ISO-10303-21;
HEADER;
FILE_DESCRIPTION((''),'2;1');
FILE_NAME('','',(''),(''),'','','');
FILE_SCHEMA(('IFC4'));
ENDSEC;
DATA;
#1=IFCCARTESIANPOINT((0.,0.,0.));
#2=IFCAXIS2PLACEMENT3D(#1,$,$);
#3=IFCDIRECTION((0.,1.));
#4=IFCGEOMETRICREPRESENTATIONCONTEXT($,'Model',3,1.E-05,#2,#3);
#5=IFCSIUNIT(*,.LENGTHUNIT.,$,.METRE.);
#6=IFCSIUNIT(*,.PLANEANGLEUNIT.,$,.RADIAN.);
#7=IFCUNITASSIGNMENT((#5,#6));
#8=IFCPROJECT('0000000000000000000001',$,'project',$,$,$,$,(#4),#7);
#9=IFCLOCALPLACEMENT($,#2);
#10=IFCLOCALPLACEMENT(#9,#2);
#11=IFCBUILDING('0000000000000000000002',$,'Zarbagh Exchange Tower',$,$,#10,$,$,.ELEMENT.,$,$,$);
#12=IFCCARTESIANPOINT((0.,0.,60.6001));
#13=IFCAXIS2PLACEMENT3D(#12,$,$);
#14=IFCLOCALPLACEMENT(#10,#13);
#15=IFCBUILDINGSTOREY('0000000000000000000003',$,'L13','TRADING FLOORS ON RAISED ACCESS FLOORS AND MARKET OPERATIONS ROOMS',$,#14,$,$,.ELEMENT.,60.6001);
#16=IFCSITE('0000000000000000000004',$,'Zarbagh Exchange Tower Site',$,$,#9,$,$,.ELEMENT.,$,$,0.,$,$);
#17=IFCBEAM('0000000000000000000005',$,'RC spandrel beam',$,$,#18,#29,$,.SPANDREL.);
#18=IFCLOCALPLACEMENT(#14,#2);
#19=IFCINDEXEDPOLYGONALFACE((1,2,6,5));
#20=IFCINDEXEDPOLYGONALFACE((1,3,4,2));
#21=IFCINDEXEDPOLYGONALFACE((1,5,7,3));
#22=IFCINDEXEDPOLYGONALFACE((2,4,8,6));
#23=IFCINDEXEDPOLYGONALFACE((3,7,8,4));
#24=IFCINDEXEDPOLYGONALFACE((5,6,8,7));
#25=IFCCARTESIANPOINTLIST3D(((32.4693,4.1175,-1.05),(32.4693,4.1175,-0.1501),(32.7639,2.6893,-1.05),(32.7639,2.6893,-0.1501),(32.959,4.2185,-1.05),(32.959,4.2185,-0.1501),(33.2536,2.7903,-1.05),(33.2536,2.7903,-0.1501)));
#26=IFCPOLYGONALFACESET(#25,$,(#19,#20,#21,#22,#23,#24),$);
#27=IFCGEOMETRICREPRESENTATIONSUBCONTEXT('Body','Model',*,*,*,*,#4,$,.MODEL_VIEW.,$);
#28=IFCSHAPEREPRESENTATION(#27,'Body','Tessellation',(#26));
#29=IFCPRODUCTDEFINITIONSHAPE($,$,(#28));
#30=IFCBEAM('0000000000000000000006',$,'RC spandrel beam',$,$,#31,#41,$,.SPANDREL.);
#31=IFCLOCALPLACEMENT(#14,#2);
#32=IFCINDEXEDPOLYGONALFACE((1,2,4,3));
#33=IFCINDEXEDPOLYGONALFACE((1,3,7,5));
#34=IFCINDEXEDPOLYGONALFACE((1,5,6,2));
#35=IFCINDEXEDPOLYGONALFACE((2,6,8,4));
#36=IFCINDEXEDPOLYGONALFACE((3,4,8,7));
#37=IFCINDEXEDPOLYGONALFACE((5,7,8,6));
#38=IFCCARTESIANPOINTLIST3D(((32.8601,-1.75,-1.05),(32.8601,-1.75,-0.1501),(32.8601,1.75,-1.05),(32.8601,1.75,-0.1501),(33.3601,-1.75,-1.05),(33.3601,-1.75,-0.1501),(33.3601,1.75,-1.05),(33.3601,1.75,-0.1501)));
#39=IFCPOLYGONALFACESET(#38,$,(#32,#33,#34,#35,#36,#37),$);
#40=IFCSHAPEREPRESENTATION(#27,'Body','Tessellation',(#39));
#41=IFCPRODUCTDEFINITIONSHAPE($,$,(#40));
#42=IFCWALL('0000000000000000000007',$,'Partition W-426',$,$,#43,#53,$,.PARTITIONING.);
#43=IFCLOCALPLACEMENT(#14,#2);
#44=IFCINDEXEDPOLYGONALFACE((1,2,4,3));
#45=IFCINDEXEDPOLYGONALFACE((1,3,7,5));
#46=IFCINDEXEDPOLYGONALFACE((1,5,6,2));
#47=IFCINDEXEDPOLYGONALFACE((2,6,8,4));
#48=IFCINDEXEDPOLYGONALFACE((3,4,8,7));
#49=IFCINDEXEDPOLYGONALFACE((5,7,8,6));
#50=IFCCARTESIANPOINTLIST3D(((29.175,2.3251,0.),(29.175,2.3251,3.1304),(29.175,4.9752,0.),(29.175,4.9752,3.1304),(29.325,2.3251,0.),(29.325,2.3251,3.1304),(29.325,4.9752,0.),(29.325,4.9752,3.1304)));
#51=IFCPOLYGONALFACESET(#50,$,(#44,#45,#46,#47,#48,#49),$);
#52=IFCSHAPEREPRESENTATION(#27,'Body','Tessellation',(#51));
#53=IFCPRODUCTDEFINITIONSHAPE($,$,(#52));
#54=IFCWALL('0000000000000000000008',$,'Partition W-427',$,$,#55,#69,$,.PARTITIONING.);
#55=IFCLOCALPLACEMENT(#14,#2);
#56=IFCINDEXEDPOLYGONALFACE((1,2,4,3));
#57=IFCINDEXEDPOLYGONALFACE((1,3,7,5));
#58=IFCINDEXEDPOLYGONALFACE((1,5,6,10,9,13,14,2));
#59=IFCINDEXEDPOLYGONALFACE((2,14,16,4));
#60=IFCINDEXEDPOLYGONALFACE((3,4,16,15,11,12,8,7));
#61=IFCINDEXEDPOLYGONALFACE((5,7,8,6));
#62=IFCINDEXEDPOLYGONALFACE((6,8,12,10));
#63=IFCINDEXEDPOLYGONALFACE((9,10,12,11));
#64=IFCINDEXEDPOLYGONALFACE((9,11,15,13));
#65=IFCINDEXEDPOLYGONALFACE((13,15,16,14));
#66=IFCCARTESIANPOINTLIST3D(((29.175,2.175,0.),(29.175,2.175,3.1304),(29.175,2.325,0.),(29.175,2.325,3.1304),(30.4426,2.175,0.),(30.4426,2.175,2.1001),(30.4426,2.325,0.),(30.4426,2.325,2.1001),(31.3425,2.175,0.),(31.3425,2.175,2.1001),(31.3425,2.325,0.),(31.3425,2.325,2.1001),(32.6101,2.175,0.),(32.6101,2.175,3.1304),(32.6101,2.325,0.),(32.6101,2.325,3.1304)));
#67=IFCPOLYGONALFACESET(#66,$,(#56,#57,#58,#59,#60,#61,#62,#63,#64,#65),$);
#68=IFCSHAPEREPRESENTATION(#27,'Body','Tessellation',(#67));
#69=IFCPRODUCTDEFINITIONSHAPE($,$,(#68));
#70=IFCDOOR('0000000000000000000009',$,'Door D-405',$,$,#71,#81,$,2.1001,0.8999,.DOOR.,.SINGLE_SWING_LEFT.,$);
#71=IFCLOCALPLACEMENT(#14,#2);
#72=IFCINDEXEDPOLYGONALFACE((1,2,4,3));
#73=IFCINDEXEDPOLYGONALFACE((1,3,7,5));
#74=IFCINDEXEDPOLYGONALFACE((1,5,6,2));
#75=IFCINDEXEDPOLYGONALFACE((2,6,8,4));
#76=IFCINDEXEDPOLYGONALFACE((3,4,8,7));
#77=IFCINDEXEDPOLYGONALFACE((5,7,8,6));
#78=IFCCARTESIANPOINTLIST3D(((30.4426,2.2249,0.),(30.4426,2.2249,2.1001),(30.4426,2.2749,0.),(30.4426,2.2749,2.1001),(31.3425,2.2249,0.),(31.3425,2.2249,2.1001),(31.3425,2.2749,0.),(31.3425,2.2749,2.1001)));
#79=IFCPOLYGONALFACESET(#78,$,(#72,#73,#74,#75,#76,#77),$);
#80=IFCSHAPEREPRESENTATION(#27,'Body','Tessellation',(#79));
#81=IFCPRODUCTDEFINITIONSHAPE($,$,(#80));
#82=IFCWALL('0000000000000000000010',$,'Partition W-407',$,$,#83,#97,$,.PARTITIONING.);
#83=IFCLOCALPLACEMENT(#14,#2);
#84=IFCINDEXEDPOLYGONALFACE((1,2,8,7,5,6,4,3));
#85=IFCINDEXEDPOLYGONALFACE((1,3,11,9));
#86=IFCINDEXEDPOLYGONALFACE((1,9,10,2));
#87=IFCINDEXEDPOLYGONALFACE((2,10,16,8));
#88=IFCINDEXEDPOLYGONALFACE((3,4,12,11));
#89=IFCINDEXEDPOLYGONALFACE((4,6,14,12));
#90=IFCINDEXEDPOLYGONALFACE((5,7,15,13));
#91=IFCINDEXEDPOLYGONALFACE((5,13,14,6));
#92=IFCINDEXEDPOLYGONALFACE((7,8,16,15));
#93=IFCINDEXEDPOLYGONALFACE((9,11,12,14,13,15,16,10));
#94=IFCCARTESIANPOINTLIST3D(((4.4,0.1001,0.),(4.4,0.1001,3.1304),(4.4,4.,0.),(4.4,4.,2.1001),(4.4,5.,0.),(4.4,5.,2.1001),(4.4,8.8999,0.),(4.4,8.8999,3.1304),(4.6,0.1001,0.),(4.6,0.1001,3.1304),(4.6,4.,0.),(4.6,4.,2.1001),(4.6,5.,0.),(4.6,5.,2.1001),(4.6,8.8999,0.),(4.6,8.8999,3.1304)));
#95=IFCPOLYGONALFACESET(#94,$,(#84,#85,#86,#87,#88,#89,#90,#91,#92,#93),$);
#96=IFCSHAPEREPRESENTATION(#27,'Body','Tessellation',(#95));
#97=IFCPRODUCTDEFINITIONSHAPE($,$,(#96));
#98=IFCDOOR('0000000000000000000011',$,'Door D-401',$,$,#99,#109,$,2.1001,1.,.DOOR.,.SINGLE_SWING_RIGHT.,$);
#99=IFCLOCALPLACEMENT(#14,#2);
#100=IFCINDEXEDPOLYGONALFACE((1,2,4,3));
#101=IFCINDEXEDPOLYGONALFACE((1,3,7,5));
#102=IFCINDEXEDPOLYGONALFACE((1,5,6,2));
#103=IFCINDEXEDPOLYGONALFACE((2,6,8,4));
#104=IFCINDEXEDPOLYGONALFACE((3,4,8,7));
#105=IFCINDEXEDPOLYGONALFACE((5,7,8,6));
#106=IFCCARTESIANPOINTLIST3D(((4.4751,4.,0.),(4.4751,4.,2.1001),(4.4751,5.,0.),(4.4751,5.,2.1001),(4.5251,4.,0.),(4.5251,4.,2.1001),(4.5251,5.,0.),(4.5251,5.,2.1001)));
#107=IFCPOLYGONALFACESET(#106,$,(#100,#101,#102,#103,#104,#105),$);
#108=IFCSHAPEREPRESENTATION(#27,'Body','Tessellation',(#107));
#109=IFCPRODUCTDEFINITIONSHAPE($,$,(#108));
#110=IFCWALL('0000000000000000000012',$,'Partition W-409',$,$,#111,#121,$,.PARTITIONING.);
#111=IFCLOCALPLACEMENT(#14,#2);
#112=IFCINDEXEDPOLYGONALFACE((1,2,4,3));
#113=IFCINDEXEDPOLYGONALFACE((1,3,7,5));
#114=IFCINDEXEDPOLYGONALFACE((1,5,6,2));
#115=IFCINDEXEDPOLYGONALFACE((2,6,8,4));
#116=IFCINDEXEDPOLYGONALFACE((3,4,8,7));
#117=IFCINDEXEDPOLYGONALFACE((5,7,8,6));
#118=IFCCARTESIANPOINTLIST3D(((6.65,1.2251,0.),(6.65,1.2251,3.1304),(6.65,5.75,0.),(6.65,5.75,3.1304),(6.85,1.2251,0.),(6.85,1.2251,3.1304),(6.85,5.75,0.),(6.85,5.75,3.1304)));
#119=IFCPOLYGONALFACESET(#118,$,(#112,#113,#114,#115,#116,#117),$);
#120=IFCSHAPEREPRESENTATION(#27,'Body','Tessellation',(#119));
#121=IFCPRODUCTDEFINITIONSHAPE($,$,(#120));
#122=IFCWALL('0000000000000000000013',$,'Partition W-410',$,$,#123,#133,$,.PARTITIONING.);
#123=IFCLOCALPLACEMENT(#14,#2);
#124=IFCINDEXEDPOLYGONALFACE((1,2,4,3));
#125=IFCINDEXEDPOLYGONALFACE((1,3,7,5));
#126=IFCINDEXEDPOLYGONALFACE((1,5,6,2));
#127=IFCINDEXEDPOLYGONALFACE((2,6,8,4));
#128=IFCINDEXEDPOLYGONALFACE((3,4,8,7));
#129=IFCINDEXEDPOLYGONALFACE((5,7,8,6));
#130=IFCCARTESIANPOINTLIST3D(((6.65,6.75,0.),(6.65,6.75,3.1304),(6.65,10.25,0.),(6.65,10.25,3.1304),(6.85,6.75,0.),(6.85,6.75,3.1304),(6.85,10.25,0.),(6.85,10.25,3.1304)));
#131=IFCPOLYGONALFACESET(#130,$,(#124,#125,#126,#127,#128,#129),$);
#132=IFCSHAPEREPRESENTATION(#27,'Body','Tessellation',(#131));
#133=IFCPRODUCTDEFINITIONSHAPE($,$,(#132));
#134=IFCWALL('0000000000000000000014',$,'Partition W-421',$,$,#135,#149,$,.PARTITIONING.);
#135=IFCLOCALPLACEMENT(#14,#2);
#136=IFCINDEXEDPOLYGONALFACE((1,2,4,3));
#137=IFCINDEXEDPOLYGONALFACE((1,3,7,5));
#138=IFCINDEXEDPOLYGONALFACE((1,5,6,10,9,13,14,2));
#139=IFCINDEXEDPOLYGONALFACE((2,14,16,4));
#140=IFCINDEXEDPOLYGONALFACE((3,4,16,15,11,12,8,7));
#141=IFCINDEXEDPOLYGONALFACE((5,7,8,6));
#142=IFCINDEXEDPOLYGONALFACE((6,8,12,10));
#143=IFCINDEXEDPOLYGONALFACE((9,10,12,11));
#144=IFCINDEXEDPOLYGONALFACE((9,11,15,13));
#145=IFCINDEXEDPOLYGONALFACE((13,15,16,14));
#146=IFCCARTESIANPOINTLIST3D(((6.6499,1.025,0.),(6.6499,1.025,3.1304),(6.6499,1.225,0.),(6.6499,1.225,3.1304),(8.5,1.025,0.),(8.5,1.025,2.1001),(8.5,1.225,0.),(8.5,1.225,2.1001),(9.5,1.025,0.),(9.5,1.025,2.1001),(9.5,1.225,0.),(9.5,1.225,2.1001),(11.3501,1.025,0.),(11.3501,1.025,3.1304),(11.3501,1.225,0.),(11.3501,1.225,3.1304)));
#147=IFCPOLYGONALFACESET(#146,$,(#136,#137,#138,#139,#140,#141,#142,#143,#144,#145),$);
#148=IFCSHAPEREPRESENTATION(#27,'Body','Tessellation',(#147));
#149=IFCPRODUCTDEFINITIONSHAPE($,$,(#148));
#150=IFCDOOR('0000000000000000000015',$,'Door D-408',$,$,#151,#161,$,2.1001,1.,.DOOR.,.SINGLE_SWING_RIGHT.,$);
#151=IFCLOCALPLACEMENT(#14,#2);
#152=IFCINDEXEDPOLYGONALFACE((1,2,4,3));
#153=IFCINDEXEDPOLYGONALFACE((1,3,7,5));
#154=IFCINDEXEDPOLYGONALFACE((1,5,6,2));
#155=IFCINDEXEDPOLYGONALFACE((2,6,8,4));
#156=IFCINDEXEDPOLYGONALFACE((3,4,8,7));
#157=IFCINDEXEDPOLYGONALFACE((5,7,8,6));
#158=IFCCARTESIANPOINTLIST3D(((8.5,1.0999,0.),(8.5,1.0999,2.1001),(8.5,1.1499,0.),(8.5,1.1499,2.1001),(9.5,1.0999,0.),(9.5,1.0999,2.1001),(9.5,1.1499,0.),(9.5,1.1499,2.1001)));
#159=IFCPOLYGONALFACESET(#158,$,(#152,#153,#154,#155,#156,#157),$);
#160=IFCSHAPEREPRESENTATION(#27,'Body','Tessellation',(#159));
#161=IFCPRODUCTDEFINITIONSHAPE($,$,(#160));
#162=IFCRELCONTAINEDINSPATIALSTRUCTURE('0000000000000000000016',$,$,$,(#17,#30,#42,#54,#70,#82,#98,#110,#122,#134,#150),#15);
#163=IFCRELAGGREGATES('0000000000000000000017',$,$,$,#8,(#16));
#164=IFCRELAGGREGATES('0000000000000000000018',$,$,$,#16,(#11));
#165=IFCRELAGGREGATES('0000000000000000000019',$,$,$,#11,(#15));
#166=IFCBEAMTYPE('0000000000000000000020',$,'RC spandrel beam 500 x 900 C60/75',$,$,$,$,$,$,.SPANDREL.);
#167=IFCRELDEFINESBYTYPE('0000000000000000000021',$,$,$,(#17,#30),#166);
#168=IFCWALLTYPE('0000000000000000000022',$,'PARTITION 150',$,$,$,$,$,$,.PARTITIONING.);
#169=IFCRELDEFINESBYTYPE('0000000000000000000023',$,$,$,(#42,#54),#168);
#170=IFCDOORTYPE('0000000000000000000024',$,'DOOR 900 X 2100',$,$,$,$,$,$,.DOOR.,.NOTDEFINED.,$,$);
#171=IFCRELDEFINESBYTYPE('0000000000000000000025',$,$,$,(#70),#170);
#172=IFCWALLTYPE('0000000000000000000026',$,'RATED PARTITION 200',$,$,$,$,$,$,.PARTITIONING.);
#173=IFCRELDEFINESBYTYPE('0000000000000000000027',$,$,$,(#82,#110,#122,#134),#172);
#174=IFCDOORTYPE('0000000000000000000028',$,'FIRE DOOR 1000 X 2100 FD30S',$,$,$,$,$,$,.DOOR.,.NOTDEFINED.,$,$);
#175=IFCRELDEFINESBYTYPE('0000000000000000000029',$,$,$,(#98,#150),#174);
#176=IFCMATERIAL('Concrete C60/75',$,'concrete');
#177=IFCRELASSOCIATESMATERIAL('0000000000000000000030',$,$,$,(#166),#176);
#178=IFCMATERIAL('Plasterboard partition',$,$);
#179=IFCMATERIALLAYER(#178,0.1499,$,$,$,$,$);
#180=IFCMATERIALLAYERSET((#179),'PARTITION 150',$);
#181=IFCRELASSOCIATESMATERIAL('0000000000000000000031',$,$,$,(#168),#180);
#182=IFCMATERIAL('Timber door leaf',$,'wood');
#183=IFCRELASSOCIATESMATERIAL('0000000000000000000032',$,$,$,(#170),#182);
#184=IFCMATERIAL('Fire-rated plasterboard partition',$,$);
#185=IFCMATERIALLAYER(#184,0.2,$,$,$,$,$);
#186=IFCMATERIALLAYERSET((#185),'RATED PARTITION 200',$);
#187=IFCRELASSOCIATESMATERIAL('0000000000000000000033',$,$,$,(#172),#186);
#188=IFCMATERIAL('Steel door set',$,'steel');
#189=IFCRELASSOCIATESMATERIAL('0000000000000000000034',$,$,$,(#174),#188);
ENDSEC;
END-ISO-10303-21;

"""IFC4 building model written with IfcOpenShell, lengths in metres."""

from ifc_helpers import new_model, si_unit, direction, frame, frame_2d, origin, origin_2d, place, context, subcontext, project, spatial, rectangle, extrude, material, layer, layer_set, material_profile, profile_set, type_object, element, fill, save


model = new_model("IFC4")

# Units and contexts
model_context = context("Model", 3, precision=1e-05, world=origin(), true_north=direction((0.0, 1.0)))
body_context = subcontext(model_context, "Body", "Model", "MODEL_VIEW")
ifc_project = project(units=[si_unit("LENGTHUNIT", "METRE"), si_unit("PLANEANGLEUNIT", "RADIAN")], contexts=[model_context])

# Site, building, storey
site_placement = place(None, origin())
site = spatial("IfcSite", under=ifc_project, at=site_placement, Name="Zarbagh Exchange Tower Site", CompositionType="ELEMENT", RefElevation=0.0)
building_placement = place(site_placement, origin())
building = spatial("IfcBuilding", under=site, at=building_placement, Name="Zarbagh Exchange Tower", CompositionType="ELEMENT")
storey_placement = place(building_placement, frame((0.0, 0.0, 60.6001)))
storey = spatial("IfcBuildingStorey", under=building, at=storey_placement, Name="L13", Description="TRADING FLOORS ON RAISED ACCESS FLOORS AND MARKET OPERATIONS ROOMS", CompositionType="ELEMENT", Elevation=60.6001)

# Shared definitions
ifc_material_1 = material(Name="Concrete C60/75", Category="concrete")

# Beams
ifc_material_profile_1 = material_profile(ifc_material_1, rectangle(XDim=0.5, YDim=0.8999, at=origin_2d()), Name="RC spandrel beam 500 x 900 C60/75")
ifc_profile_set_1 = profile_set([ifc_material_profile_1], Name="Concrete C60/75")
beam_type_1 = type_object("IfcBeamType", Name="RC spandrel beam 500 x 900 C60/75", PredefinedType="SPANDREL", material=ifc_profile_set_1)
beam_1_placement = place(storey_placement, frame((32.7141, 4.168, -0.6001), z_axis=(0.202069, -0.979371, 0.0), x_axis=(0.979371, 0.202069, 0.0)))
element("IfcBeam", 1, at=beam_1_placement, inside=storey, type_object=beam_type_1, Name="RC spandrel beam", PredefinedType="SPANDREL", context=body_context, shape_type="SweptSolid", body=[
    extrude(rectangle(XDim=0.5, YDim=0.8999, at=origin_2d()), origin(), (0.0, 0.0, 1.0), 1.4583),
])
beam_2_placement = place(storey_placement, frame((33.1101, 1.75, -0.6001), z_axis=(0.0, -1.0, 0.0), x_axis=(1.0, 0.0, 0.0)))
element("IfcBeam", 2, at=beam_2_placement, inside=storey, type_object=beam_type_1, Name="RC spandrel beam", PredefinedType="SPANDREL", context=body_context, shape_type="SweptSolid", body=[
    extrude(rectangle(XDim=0.5, YDim=0.8999, at=origin_2d()), origin(), (0.0, 0.0, 1.0), 3.5),
])

# Wall
ifc_material_2 = material(Name="Plasterboard partition")
ifc_layer_1 = layer(ifc_material_2, 0.1499)
ifc_layer_set_1 = layer_set([ifc_layer_1], Name="PARTITION 150")
wall_type_1 = type_object("IfcWallType", Name="PARTITION 150", PredefinedType="PARTITIONING", material=ifc_layer_set_1)
wall_1_placement = place(storey_placement, frame((29.25, 2.325, 0.0), z_axis=(0.0, 0.0, 1.0), x_axis=(0.0, 1.0, 0.0)))
element("IfcWall", 3, at=wall_1_placement, inside=storey, type_object=wall_type_1, Name="Partition W-426", PredefinedType="PARTITIONING", context=body_context, shape_type="SweptSolid", body=[
    extrude(rectangle(XDim=2.6501, YDim=0.1499, at=frame_2d((1.3252, 0.0))), origin(), (0.0, 0.0, 1.0), 3.1304),
])

# Walls, openings, doors
wall_2_placement = place(storey_placement, frame((29.175, 2.25, 0.0), z_axis=(0.0, 0.0, 1.0), x_axis=(1.0, 0.0, 0.0)))
wall_2 = element("IfcWall", 4, at=wall_2_placement, inside=storey, type_object=wall_type_1, Name="Partition W-427", PredefinedType="PARTITIONING", context=body_context, shape_type="SweptSolid", body=[
    extrude(rectangle(XDim=3.4351, YDim=0.1499, at=frame_2d((1.7175, 0.0))), origin(), (0.0, 0.0, 1.0), 3.1304),
])
opening_1_placement = place(wall_2_placement, frame((1.2676, 0.0, 0.0)))
opening_1 = element("IfcOpeningElement", 5, at=opening_1_placement, cuts=wall_2, PredefinedType="OPENING", context=body_context, shape_type="SweptSolid", body=[
    extrude(rectangle(XDim=0.8999, YDim=2.1001, at=frame_2d((0.45, 1.05))), frame((0.0, 0.085, 0.0), z_axis=(0.0, -1.0, 0.0), x_axis=(1.0, 0.0, 0.0)), (0.0, 0.0, 1.0), 0.1699),
])
ifc_material_3 = material(Name="Timber door leaf", Category="wood")
door_type_1 = type_object("IfcDoorType", Name="DOOR 900 X 2100", OperationType="NOTDEFINED", PredefinedType="DOOR", material=ifc_material_3)
door_1_placement = place(opening_1_placement, origin())
door_1 = element("IfcDoor", 6, at=door_1_placement, inside=storey, type_object=door_type_1, Name="Door D-405", OperationType="SINGLE_SWING_LEFT", OverallHeight=2.1001, OverallWidth=0.8999, PredefinedType="DOOR", context=body_context, shape_type="SweptSolid", body=[
    extrude(rectangle(XDim=0.8999, YDim=2.1001, at=frame_2d((0.45, 1.05))), frame((0.0, 0.0249, 0.0), z_axis=(0.0, -1.0, 0.0), x_axis=(1.0, 0.0, 0.0)), (0.0, 0.0, 1.0), 0.05),
])
fill(opening_1, door_1)
ifc_material_4 = material(Name="Fire-rated plasterboard partition")
ifc_layer_2 = layer(ifc_material_4, 0.2)
ifc_layer_set_2 = layer_set([ifc_layer_2], Name="RATED PARTITION 200")
wall_type_2 = type_object("IfcWallType", Name="RATED PARTITION 200", PredefinedType="PARTITIONING", material=ifc_layer_set_2)
wall_3_placement = place(storey_placement, frame((4.5, 0.1001, 0.0), z_axis=(0.0, 0.0, 1.0), x_axis=(0.0, 1.0, 0.0)))
wall_3 = element("IfcWall", 7, at=wall_3_placement, inside=storey, type_object=wall_type_2, Name="Partition W-407", PredefinedType="PARTITIONING", context=body_context, shape_type="SweptSolid", body=[
    extrude(rectangle(XDim=8.7998, YDim=0.2, at=frame_2d((4.3999, 0.0))), origin(), (0.0, 0.0, 1.0), 3.1304),
])
opening_2_placement = place(wall_3_placement, frame((3.8999, 0.0, 0.0)))
opening_2 = element("IfcOpeningElement", 8, at=opening_2_placement, cuts=wall_3, PredefinedType="OPENING", context=body_context, shape_type="SweptSolid", body=[
    extrude(rectangle(XDim=1.0, YDim=2.1001, at=frame_2d((0.5, 1.05))), frame((0.0, 0.1099, 0.0), z_axis=(0.0, -1.0, 0.0), x_axis=(1.0, 0.0, 0.0)), (0.0, 0.0, 1.0), 0.22),
])
ifc_material_5 = material(Name="Steel door set", Category="steel")
door_type_2 = type_object("IfcDoorType", Name="FIRE DOOR 1000 X 2100 FD30S", OperationType="NOTDEFINED", PredefinedType="DOOR", material=ifc_material_5)
door_2_placement = place(opening_2_placement, origin())
door_2 = element("IfcDoor", 9, at=door_2_placement, inside=storey, type_object=door_type_2, Name="Door D-401", OperationType="SINGLE_SWING_RIGHT", OverallHeight=2.1001, OverallWidth=1.0, PredefinedType="DOOR", context=body_context, shape_type="SweptSolid", body=[
    extrude(rectangle(XDim=1.0, YDim=2.1001, at=frame_2d((0.5, 1.05))), frame((0.0, 0.0249, 0.0), z_axis=(0.0, -1.0, 0.0), x_axis=(1.0, 0.0, 0.0)), (0.0, 0.0, 1.0), 0.05),
])
fill(opening_2, door_2)

# Walls
wall_4_placement = place(storey_placement, frame((6.75, 1.2251, 0.0), z_axis=(0.0, 0.0, 1.0), x_axis=(0.0, 1.0, 0.0)))
element("IfcWall", 10, at=wall_4_placement, inside=storey, type_object=wall_type_2, Name="Partition W-409", PredefinedType="PARTITIONING", context=body_context, shape_type="SweptSolid", body=[
    extrude(rectangle(XDim=4.5249, YDim=0.2, at=frame_2d((2.2625, 0.0))), origin(), (0.0, 0.0, 1.0), 3.1304),
])
wall_5_placement = place(storey_placement, frame((6.75, 6.75, 0.0), z_axis=(0.0, 0.0, 1.0), x_axis=(0.0, 1.0, 0.0)))
element("IfcWall", 11, at=wall_5_placement, inside=storey, type_object=wall_type_2, Name="Partition W-410", PredefinedType="PARTITIONING", context=body_context, shape_type="SweptSolid", body=[
    extrude(rectangle(XDim=3.5, YDim=0.2, at=frame_2d((1.75, 0.0))), origin(), (0.0, 0.0, 1.0), 3.1304),
])

# Wall, opening, door
wall_6_placement = place(storey_placement, frame((6.6499, 1.125, 0.0), z_axis=(0.0, 0.0, 1.0), x_axis=(1.0, 0.0, 0.0)))
wall_6 = element("IfcWall", 12, at=wall_6_placement, inside=storey, type_object=wall_type_2, Name="Partition W-421", PredefinedType="PARTITIONING", context=body_context, shape_type="SweptSolid", body=[
    extrude(rectangle(XDim=4.7002, YDim=0.2, at=frame_2d((2.3501, 0.0))), origin(), (0.0, 0.0, 1.0), 3.1304),
])
opening_3_placement = place(wall_6_placement, frame((1.8501, 0.0, 0.0)))
opening_3 = element("IfcOpeningElement", 13, at=opening_3_placement, cuts=wall_6, PredefinedType="OPENING", context=body_context, shape_type="SweptSolid", body=[
    extrude(rectangle(XDim=1.0, YDim=2.1001, at=frame_2d((0.5, 1.05))), frame((0.0, 0.1099, 0.0), z_axis=(0.0, -1.0, 0.0), x_axis=(1.0, 0.0, 0.0)), (0.0, 0.0, 1.0), 0.22),
])
door_3_placement = place(opening_3_placement, origin())
door_3 = element("IfcDoor", 14, at=door_3_placement, inside=storey, type_object=door_type_2, Name="Door D-408", OperationType="SINGLE_SWING_RIGHT", OverallHeight=2.1001, OverallWidth=1.0, PredefinedType="DOOR", context=body_context, shape_type="SweptSolid", body=[
    extrude(rectangle(XDim=1.0, YDim=2.1001, at=frame_2d((0.5, 1.05))), frame((0.0, 0.0249, 0.0), z_axis=(0.0, -1.0, 0.0), x_axis=(1.0, 0.0, 0.0)), (0.0, 0.0, 1.0), 0.05),
])
fill(opening_3, door_3)

save(model, "model.ifc")
